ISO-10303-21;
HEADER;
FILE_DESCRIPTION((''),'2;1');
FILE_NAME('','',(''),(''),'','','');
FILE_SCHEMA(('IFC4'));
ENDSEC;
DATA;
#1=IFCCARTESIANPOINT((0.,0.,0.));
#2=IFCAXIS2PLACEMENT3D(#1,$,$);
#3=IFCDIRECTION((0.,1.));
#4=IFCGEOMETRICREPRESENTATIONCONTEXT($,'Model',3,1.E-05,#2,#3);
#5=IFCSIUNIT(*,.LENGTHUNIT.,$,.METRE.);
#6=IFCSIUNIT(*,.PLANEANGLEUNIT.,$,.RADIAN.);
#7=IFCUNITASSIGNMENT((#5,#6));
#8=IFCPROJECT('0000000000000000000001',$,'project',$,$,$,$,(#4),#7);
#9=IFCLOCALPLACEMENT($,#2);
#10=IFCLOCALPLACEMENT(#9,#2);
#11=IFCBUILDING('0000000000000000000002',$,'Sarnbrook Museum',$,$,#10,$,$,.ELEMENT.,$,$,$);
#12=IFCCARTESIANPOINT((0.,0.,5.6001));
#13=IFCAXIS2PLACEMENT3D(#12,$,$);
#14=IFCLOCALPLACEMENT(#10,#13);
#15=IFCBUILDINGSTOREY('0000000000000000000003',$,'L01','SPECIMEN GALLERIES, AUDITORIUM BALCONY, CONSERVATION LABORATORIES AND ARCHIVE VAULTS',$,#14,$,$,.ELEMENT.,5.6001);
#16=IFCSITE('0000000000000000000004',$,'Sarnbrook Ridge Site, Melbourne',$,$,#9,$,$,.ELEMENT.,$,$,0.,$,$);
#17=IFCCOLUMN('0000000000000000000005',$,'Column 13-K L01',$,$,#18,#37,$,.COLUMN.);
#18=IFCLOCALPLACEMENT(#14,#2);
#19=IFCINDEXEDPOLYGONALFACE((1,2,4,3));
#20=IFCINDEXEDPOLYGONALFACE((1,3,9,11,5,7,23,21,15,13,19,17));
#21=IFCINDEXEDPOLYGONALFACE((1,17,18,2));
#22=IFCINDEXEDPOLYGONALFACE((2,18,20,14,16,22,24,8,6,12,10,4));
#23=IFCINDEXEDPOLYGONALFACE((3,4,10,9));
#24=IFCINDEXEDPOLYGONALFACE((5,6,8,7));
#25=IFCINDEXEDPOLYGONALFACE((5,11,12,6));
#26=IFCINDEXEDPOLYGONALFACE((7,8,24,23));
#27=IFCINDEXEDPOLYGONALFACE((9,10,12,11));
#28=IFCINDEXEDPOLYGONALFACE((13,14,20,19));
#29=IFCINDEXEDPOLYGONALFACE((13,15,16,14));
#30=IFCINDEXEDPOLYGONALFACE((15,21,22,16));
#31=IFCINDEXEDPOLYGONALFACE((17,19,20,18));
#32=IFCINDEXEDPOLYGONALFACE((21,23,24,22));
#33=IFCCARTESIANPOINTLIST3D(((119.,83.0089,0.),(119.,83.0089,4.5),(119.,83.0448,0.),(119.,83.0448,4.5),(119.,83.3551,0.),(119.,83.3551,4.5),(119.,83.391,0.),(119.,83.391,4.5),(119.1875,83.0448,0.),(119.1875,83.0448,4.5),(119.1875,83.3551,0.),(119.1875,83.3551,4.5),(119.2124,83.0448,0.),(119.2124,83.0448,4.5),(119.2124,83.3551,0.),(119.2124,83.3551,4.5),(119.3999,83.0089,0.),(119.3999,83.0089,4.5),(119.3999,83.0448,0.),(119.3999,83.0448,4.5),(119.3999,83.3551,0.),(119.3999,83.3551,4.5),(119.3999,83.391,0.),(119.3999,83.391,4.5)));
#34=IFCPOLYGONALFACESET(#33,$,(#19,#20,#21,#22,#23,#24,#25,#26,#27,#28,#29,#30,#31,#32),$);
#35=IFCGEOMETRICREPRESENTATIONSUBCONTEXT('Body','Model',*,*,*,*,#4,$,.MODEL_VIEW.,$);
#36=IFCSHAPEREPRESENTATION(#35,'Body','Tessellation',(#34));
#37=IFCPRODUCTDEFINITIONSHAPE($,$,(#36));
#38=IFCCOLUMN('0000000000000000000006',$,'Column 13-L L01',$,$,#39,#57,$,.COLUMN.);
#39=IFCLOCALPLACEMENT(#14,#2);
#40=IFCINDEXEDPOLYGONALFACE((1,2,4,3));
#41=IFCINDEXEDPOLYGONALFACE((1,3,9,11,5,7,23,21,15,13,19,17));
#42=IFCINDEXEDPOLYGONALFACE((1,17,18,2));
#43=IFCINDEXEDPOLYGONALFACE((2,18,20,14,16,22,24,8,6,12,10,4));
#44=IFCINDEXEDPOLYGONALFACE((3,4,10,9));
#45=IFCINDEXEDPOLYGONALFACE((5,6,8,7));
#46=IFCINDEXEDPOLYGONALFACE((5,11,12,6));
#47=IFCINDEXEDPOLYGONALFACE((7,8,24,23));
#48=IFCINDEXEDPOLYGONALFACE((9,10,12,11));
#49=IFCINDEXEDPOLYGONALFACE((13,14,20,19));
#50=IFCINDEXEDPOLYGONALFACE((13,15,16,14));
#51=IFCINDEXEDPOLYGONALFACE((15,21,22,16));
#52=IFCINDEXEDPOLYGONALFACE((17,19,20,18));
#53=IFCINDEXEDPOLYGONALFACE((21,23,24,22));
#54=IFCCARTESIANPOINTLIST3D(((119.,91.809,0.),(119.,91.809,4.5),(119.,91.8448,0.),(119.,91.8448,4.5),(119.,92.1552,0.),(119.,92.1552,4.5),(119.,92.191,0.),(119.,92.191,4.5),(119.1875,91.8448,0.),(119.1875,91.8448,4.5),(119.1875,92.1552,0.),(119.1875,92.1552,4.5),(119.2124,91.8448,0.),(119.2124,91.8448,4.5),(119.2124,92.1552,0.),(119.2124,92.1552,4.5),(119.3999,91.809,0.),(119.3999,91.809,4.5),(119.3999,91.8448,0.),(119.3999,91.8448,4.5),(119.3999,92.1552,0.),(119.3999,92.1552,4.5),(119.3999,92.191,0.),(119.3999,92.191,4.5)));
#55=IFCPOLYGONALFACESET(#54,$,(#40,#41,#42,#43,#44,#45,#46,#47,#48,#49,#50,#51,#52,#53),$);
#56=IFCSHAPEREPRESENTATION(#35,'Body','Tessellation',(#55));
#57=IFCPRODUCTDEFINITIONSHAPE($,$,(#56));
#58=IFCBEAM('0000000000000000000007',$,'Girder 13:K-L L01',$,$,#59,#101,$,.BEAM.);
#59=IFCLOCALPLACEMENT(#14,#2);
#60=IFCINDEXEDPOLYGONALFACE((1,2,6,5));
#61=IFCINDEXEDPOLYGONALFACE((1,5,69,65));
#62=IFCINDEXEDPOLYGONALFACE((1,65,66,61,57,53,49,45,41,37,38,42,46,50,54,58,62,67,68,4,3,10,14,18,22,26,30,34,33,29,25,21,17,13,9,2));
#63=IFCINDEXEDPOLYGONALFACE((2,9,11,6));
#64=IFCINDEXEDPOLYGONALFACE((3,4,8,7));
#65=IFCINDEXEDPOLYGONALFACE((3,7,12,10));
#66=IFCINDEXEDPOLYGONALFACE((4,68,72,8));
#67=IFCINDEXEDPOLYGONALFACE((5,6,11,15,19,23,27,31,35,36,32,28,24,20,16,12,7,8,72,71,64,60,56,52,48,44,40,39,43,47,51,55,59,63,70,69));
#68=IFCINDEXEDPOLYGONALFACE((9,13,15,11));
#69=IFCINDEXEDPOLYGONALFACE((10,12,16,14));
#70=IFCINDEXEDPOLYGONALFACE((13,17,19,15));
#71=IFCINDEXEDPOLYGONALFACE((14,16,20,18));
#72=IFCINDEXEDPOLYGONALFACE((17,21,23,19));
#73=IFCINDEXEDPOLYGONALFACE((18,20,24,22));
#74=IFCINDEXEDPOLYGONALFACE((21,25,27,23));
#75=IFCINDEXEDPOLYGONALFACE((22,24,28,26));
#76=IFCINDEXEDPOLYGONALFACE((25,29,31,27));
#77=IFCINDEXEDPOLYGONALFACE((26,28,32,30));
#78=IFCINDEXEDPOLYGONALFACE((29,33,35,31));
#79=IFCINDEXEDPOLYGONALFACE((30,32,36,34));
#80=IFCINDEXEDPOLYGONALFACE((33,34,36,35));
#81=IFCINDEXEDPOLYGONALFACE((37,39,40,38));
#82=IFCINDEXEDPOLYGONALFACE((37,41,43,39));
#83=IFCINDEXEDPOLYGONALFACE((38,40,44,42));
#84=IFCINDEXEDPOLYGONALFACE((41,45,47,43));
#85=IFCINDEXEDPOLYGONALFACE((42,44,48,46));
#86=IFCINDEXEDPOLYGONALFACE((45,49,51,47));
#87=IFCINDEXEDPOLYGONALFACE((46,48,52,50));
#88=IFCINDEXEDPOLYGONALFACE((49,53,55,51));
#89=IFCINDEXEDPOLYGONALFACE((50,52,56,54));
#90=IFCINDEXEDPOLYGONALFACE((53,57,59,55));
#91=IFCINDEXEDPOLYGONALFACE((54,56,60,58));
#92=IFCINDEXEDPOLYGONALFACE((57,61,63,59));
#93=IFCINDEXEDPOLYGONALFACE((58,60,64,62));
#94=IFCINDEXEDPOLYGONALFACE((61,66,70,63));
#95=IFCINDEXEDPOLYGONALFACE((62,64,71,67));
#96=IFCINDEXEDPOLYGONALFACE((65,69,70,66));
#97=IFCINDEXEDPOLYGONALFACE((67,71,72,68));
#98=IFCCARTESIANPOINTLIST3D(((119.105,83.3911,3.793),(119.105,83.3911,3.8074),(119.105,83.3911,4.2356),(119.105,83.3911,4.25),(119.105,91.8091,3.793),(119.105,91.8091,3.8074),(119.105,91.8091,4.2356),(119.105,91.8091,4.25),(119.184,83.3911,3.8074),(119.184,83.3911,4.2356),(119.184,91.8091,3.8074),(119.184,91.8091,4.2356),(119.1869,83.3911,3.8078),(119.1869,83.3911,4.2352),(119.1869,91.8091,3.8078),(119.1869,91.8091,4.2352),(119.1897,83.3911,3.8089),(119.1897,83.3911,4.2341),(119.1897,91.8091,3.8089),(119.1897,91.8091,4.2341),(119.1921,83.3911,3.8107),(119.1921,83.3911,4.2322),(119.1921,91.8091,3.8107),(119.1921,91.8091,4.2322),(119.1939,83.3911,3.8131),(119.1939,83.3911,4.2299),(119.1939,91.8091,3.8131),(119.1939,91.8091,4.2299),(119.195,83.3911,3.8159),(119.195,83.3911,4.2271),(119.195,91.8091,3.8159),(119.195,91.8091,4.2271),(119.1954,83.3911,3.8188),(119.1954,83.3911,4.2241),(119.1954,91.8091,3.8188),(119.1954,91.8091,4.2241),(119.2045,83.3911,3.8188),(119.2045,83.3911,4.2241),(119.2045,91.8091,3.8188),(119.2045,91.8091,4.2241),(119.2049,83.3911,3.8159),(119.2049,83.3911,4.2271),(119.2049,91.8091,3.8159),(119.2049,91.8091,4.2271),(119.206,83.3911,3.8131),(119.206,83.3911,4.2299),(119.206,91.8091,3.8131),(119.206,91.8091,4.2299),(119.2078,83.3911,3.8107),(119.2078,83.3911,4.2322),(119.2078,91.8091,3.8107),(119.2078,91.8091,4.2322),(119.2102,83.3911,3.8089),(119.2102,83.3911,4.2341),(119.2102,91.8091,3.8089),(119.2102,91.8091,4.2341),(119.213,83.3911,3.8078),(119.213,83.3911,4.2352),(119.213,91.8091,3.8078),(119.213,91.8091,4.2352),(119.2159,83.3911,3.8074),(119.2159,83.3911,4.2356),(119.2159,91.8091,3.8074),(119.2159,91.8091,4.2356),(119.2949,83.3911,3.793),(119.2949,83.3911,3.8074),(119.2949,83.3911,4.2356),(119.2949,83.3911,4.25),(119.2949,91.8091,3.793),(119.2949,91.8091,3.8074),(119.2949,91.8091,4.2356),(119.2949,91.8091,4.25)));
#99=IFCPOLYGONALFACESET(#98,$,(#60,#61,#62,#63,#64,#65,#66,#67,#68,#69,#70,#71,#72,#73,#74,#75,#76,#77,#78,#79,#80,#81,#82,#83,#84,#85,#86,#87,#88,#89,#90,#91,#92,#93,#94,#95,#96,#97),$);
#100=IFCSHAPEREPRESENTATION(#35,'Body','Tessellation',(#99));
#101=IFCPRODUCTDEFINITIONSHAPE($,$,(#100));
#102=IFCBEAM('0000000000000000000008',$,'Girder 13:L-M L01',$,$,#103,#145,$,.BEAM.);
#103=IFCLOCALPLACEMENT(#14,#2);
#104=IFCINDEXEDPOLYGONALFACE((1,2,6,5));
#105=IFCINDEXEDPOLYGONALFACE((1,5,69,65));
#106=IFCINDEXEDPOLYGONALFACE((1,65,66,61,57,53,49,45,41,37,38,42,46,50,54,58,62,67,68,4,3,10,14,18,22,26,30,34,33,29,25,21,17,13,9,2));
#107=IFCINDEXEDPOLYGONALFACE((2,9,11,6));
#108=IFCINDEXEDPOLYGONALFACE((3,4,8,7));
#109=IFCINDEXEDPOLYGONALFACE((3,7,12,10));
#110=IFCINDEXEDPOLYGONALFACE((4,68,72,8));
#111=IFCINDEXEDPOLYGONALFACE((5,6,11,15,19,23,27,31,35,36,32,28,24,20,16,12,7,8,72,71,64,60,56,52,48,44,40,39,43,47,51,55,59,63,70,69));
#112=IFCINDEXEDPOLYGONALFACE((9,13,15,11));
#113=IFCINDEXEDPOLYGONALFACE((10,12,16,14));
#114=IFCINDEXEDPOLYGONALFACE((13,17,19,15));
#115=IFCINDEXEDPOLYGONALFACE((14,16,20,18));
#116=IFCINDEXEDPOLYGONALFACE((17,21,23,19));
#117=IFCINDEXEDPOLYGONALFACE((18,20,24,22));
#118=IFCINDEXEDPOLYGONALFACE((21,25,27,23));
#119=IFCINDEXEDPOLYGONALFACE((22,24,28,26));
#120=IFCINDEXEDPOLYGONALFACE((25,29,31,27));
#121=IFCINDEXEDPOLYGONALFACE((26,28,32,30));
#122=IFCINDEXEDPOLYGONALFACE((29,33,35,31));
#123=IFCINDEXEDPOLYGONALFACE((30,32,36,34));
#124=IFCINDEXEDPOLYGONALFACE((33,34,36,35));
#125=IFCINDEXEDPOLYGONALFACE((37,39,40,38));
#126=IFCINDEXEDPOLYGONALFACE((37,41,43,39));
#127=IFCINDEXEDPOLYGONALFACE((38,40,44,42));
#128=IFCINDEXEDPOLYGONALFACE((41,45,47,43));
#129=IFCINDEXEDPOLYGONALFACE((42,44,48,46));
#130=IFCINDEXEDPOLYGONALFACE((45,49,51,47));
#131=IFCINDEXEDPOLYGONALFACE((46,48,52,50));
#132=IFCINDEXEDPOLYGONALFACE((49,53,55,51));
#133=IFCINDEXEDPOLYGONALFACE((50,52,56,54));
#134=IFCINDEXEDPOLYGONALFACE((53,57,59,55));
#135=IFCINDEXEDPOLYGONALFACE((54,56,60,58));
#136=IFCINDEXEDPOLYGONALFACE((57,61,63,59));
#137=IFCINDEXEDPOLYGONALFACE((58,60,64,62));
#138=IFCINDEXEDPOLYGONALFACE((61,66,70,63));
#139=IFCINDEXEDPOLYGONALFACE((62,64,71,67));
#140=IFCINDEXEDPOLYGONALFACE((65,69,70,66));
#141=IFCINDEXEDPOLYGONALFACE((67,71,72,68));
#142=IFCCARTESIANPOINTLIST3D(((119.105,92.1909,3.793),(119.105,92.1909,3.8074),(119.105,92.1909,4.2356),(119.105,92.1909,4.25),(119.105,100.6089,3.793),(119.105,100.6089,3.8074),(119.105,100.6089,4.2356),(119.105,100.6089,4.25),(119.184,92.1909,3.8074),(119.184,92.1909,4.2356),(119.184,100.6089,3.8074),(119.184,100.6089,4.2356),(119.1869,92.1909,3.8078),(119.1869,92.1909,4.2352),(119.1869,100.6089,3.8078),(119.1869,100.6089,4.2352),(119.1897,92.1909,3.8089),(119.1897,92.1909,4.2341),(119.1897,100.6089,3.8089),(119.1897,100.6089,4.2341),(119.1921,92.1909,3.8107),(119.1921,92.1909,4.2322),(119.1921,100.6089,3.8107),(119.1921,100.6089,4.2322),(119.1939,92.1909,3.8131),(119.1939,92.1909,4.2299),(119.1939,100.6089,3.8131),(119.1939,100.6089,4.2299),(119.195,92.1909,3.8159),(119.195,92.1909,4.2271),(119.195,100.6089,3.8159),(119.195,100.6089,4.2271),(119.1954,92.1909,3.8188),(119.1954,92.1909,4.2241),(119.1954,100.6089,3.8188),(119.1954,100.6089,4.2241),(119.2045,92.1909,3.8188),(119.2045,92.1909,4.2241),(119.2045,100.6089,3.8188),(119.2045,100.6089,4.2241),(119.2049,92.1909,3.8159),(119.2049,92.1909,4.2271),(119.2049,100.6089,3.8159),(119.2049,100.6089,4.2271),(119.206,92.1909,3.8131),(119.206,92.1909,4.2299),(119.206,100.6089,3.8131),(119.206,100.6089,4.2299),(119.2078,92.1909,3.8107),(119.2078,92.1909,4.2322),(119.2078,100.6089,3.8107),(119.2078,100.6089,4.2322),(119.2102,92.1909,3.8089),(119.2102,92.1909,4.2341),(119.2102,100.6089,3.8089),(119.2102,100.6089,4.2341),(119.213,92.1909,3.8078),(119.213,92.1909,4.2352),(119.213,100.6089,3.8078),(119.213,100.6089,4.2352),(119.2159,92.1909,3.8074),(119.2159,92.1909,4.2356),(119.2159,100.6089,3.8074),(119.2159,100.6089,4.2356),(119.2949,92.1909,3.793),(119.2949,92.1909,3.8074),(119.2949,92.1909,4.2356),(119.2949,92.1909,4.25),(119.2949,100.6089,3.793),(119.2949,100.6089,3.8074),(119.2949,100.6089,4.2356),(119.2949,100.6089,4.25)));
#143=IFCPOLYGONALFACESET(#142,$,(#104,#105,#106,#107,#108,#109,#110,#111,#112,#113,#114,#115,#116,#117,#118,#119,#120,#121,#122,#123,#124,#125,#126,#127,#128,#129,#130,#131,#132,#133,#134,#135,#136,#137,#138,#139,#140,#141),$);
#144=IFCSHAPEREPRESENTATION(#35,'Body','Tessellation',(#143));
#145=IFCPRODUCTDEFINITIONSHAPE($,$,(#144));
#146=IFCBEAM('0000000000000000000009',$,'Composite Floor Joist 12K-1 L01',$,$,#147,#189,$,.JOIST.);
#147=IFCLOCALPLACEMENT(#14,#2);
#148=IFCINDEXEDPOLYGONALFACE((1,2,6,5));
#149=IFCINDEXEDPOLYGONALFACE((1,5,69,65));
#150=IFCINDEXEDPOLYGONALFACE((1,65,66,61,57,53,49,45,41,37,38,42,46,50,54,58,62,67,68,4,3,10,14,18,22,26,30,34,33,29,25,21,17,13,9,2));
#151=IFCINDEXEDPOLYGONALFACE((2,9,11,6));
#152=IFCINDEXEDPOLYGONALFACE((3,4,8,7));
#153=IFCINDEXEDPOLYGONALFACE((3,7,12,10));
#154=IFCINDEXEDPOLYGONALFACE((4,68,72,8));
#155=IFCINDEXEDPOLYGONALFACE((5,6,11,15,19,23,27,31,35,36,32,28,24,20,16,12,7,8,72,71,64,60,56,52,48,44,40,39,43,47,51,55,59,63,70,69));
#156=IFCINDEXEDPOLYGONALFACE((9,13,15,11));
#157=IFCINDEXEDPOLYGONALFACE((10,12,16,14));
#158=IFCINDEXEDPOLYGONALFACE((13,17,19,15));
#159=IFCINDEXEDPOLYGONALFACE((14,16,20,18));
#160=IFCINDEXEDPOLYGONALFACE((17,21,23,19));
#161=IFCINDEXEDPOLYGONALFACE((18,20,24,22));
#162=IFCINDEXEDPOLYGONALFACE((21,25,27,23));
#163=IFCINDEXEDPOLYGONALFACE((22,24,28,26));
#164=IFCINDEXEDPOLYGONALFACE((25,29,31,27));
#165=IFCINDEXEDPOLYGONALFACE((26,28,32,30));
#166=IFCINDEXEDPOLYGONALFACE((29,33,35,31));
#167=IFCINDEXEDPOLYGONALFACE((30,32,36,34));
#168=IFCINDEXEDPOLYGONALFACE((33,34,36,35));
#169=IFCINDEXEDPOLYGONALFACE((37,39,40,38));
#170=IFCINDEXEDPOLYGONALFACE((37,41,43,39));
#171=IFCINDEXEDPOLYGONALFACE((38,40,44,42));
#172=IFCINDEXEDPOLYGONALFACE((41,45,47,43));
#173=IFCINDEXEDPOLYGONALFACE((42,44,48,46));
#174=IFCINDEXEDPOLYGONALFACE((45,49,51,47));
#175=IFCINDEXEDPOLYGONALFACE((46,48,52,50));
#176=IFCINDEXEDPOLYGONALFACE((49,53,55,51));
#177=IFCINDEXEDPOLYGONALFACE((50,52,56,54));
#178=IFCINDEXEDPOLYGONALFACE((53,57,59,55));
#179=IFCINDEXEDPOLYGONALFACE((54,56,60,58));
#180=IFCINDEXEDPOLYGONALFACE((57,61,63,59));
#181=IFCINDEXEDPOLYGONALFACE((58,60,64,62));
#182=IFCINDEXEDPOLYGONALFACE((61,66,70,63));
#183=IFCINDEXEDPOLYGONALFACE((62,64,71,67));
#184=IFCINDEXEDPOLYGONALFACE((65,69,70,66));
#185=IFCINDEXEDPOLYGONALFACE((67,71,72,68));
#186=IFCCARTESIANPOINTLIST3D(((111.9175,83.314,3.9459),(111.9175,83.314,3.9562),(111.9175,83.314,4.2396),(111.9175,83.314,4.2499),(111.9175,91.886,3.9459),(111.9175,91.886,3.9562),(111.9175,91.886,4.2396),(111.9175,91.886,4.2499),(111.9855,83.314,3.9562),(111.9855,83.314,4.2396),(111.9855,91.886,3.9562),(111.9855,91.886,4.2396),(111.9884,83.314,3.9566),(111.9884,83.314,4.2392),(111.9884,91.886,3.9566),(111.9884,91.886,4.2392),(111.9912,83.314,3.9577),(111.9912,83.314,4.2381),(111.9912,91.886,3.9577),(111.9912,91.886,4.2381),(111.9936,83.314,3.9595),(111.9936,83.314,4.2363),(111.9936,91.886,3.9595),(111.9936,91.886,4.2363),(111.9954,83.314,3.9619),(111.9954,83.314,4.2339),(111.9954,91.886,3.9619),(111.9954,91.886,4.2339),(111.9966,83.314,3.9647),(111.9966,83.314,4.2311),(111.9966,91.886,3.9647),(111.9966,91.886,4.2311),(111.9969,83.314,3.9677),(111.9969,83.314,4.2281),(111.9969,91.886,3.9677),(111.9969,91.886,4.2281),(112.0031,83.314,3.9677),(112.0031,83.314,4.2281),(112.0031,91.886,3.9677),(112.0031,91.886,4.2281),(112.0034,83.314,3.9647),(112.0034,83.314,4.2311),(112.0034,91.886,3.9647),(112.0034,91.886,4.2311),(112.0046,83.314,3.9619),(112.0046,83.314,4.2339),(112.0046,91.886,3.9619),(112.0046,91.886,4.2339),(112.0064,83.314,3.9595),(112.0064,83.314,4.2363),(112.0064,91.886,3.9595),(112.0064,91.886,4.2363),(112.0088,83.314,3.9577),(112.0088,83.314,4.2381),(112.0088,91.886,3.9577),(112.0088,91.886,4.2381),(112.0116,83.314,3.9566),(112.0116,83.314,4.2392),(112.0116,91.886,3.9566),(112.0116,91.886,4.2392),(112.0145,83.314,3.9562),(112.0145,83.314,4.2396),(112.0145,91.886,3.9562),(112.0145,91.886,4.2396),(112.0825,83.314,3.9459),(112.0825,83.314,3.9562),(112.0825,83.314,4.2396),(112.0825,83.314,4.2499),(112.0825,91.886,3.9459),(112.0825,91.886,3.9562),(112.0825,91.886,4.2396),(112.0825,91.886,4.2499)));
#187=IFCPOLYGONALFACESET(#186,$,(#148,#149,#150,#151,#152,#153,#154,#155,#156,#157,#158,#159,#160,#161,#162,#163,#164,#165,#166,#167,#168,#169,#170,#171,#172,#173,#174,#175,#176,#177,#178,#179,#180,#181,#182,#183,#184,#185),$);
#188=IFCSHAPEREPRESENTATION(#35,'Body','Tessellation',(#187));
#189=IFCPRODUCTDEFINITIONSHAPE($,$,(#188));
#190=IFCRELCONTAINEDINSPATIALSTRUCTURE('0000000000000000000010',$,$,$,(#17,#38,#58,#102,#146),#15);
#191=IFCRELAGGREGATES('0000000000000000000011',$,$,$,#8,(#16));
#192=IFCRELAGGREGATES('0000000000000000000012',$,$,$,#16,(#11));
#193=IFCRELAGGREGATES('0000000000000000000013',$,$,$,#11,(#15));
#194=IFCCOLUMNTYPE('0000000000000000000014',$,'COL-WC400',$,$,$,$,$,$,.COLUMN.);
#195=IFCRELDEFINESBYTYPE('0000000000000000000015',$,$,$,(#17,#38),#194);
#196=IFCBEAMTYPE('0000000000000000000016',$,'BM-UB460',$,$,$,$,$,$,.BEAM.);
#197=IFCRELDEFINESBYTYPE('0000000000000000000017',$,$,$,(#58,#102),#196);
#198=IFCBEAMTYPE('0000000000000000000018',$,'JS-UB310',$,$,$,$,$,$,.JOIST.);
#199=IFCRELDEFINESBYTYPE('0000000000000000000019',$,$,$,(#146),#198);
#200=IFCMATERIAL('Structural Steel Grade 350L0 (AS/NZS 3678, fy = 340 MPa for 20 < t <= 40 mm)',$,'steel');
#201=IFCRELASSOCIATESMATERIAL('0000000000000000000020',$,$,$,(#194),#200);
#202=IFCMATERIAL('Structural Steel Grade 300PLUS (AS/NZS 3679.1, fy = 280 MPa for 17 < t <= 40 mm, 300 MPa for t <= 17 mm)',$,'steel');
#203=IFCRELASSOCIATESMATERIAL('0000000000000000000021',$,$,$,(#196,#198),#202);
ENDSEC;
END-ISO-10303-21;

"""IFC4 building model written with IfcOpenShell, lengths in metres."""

from ifc_helpers import new_model, si_unit, direction, frame, origin, origin_2d, place, context, subcontext, project, spatial, i_section, extrude, material, material_profile, profile_set, type_object, element, save


model = new_model("IFC4")

# Units and contexts
model_context = context("Model", 3, precision=1e-05, world=origin(), true_north=direction((0.0, 1.0)))
body_context = subcontext(model_context, "Body", "Model", "MODEL_VIEW")
ifc_project = project(units=[si_unit("LENGTHUNIT", "METRE"), si_unit("PLANEANGLEUNIT", "RADIAN")], contexts=[model_context])

# Site, building, storey
site_placement = place(None, origin())
site = spatial("IfcSite", under=ifc_project, at=site_placement, Name="Sarnbrook Ridge Site, Melbourne", CompositionType="ELEMENT", RefElevation=0.0)
building_placement = place(site_placement, origin())
building = spatial("IfcBuilding", under=site, at=building_placement, Name="Sarnbrook Museum", CompositionType="ELEMENT")
storey_placement = place(building_placement, frame((0.0, 0.0, 5.6001)))
storey = spatial("IfcBuildingStorey", under=building, at=storey_placement, Name="L01", Description="SPECIMEN GALLERIES, AUDITORIUM BALCONY, CONSERVATION LABORATORIES AND ARCHIVE VAULTS", CompositionType="ELEMENT", Elevation=5.6001)

# Columns
ifc_material_1 = material(Name="Structural Steel Grade 350L0 (AS/NZS 3678, fy = 340 MPa for 20 < t <= 40 mm)", Category="steel")
ifc_material_profile_1 = material_profile(ifc_material_1, i_section(OverallWidth=0.3999, OverallDepth=0.3821, WebThickness=0.0249, FlangeThickness=0.0359, at=origin_2d()), Name="400WC270")
ifc_profile_set_1 = profile_set([ifc_material_profile_1], Name="Structural Steel Grade 350L0 (AS/NZS 3678, fy = 340 MPa for 20 < t <= 40 mm)")
column_type = type_object("IfcColumnType", Name="COL-WC400", PredefinedType="COLUMN", material=ifc_profile_set_1)
for number, where, z_axis, x_axis, name in (
    (1, (119.2, 83.2, 0.0), (0.0, 0.0, 1.0), (1.0, 0.0, 0.0), "Column 13-K L01"),
    (2, (119.2, 92.0, 0.0), (0.0, 0.0, 1.0), (1.0, 0.0, 0.0), "Column 13-L L01"),
):
    element("IfcColumn", number, at=place(storey_placement, frame(where, z_axis=z_axis, x_axis=x_axis)), inside=storey, type_object=column_type, Name=name, PredefinedType="COLUMN", context=body_context, shape_type="SweptSolid", body=[
        extrude(i_section(OverallWidth=0.3999, OverallDepth=0.3821, WebThickness=0.0249, FlangeThickness=0.0359, at=origin_2d()), origin(), (0.0, 0.0, 1.0), 4.5),
    ])

# Beams
ifc_material_2 = material(Name="Structural Steel Grade 300PLUS (AS/NZS 3679.1, fy = 280 MPa for 17 < t <= 40 mm, 300 MPa for t <= 17 mm)", Category="steel")
ifc_material_profile_2 = material_profile(ifc_material_2, i_section(OverallWidth=0.1899, OverallDepth=0.457, WebThickness=0.009, FlangeThickness=0.0144, FilletRadius=0.0115, at=origin_2d()), Name="460UB74.6")
ifc_profile_set_2 = profile_set([ifc_material_profile_2], Name="Structural Steel Grade 300PLUS (AS/NZS 3679.1, fy = 280 MPa for 17 < t <= 40 mm, 300 MPa for t <= 17 mm)")
beam_type_1 = type_object("IfcBeamType", Name="BM-UB460", PredefinedType="BEAM", material=ifc_profile_set_2)
for number, where, z_axis, x_axis, name in (
    (3, (119.2, 83.3911, 4.0215), (0.0, 1.0, 0.0), (-1.0, 0.0, 0.0), "Girder 13:K-L L01"),
    (4, (119.2, 92.1909, 4.0215), (0.0, 1.0, 0.0), (-1.0, 0.0, 0.0), "Girder 13:L-M L01"),
):
    element("IfcBeam", number, at=place(storey_placement, frame(where, z_axis=z_axis, x_axis=x_axis)), inside=storey, type_object=beam_type_1, Name=name, PredefinedType="BEAM", context=body_context, shape_type="SweptSolid", body=[
        extrude(i_section(OverallWidth=0.1899, OverallDepth=0.457, WebThickness=0.009, FlangeThickness=0.0144, FilletRadius=0.0115, at=origin_2d()), origin(), (0.0, 0.0, 1.0), 8.418),
    ])
ifc_material_profile_3 = material_profile(ifc_material_2, i_section(OverallWidth=0.165, OverallDepth=0.304, WebThickness=0.0061, FlangeThickness=0.0103, FilletRadius=0.0115, at=origin_2d()), Name="310UB40.4")
ifc_profile_set_3 = profile_set([ifc_material_profile_3], Name="Structural Steel Grade 300PLUS (AS/NZS 3679.1, fy = 280 MPa for 17 < t <= 40 mm, 300 MPa for t <= 17 mm)")
beam_type_2 = type_object("IfcBeamType", Name="JS-UB310", PredefinedType="JOIST", material=ifc_profile_set_3)
for number, where, z_axis, x_axis, name in (
    (5, (112.0, 83.314, 4.0979), (0.0, 1.0, 0.0), (-1.0, 0.0, 0.0), "Composite Floor Joist 12K-1 L01"),
):
    element("IfcBeam", number, at=place(storey_placement, frame(where, z_axis=z_axis, x_axis=x_axis)), inside=storey, type_object=beam_type_2, Name=name, PredefinedType="JOIST", context=body_context, shape_type="SweptSolid", body=[
        extrude(i_section(OverallWidth=0.165, OverallDepth=0.304, WebThickness=0.0061, FlangeThickness=0.0103, FilletRadius=0.0115, at=origin_2d()), origin(), (0.0, 0.0, 1.0), 8.572),
    ])

save(model, "model.ifc")
